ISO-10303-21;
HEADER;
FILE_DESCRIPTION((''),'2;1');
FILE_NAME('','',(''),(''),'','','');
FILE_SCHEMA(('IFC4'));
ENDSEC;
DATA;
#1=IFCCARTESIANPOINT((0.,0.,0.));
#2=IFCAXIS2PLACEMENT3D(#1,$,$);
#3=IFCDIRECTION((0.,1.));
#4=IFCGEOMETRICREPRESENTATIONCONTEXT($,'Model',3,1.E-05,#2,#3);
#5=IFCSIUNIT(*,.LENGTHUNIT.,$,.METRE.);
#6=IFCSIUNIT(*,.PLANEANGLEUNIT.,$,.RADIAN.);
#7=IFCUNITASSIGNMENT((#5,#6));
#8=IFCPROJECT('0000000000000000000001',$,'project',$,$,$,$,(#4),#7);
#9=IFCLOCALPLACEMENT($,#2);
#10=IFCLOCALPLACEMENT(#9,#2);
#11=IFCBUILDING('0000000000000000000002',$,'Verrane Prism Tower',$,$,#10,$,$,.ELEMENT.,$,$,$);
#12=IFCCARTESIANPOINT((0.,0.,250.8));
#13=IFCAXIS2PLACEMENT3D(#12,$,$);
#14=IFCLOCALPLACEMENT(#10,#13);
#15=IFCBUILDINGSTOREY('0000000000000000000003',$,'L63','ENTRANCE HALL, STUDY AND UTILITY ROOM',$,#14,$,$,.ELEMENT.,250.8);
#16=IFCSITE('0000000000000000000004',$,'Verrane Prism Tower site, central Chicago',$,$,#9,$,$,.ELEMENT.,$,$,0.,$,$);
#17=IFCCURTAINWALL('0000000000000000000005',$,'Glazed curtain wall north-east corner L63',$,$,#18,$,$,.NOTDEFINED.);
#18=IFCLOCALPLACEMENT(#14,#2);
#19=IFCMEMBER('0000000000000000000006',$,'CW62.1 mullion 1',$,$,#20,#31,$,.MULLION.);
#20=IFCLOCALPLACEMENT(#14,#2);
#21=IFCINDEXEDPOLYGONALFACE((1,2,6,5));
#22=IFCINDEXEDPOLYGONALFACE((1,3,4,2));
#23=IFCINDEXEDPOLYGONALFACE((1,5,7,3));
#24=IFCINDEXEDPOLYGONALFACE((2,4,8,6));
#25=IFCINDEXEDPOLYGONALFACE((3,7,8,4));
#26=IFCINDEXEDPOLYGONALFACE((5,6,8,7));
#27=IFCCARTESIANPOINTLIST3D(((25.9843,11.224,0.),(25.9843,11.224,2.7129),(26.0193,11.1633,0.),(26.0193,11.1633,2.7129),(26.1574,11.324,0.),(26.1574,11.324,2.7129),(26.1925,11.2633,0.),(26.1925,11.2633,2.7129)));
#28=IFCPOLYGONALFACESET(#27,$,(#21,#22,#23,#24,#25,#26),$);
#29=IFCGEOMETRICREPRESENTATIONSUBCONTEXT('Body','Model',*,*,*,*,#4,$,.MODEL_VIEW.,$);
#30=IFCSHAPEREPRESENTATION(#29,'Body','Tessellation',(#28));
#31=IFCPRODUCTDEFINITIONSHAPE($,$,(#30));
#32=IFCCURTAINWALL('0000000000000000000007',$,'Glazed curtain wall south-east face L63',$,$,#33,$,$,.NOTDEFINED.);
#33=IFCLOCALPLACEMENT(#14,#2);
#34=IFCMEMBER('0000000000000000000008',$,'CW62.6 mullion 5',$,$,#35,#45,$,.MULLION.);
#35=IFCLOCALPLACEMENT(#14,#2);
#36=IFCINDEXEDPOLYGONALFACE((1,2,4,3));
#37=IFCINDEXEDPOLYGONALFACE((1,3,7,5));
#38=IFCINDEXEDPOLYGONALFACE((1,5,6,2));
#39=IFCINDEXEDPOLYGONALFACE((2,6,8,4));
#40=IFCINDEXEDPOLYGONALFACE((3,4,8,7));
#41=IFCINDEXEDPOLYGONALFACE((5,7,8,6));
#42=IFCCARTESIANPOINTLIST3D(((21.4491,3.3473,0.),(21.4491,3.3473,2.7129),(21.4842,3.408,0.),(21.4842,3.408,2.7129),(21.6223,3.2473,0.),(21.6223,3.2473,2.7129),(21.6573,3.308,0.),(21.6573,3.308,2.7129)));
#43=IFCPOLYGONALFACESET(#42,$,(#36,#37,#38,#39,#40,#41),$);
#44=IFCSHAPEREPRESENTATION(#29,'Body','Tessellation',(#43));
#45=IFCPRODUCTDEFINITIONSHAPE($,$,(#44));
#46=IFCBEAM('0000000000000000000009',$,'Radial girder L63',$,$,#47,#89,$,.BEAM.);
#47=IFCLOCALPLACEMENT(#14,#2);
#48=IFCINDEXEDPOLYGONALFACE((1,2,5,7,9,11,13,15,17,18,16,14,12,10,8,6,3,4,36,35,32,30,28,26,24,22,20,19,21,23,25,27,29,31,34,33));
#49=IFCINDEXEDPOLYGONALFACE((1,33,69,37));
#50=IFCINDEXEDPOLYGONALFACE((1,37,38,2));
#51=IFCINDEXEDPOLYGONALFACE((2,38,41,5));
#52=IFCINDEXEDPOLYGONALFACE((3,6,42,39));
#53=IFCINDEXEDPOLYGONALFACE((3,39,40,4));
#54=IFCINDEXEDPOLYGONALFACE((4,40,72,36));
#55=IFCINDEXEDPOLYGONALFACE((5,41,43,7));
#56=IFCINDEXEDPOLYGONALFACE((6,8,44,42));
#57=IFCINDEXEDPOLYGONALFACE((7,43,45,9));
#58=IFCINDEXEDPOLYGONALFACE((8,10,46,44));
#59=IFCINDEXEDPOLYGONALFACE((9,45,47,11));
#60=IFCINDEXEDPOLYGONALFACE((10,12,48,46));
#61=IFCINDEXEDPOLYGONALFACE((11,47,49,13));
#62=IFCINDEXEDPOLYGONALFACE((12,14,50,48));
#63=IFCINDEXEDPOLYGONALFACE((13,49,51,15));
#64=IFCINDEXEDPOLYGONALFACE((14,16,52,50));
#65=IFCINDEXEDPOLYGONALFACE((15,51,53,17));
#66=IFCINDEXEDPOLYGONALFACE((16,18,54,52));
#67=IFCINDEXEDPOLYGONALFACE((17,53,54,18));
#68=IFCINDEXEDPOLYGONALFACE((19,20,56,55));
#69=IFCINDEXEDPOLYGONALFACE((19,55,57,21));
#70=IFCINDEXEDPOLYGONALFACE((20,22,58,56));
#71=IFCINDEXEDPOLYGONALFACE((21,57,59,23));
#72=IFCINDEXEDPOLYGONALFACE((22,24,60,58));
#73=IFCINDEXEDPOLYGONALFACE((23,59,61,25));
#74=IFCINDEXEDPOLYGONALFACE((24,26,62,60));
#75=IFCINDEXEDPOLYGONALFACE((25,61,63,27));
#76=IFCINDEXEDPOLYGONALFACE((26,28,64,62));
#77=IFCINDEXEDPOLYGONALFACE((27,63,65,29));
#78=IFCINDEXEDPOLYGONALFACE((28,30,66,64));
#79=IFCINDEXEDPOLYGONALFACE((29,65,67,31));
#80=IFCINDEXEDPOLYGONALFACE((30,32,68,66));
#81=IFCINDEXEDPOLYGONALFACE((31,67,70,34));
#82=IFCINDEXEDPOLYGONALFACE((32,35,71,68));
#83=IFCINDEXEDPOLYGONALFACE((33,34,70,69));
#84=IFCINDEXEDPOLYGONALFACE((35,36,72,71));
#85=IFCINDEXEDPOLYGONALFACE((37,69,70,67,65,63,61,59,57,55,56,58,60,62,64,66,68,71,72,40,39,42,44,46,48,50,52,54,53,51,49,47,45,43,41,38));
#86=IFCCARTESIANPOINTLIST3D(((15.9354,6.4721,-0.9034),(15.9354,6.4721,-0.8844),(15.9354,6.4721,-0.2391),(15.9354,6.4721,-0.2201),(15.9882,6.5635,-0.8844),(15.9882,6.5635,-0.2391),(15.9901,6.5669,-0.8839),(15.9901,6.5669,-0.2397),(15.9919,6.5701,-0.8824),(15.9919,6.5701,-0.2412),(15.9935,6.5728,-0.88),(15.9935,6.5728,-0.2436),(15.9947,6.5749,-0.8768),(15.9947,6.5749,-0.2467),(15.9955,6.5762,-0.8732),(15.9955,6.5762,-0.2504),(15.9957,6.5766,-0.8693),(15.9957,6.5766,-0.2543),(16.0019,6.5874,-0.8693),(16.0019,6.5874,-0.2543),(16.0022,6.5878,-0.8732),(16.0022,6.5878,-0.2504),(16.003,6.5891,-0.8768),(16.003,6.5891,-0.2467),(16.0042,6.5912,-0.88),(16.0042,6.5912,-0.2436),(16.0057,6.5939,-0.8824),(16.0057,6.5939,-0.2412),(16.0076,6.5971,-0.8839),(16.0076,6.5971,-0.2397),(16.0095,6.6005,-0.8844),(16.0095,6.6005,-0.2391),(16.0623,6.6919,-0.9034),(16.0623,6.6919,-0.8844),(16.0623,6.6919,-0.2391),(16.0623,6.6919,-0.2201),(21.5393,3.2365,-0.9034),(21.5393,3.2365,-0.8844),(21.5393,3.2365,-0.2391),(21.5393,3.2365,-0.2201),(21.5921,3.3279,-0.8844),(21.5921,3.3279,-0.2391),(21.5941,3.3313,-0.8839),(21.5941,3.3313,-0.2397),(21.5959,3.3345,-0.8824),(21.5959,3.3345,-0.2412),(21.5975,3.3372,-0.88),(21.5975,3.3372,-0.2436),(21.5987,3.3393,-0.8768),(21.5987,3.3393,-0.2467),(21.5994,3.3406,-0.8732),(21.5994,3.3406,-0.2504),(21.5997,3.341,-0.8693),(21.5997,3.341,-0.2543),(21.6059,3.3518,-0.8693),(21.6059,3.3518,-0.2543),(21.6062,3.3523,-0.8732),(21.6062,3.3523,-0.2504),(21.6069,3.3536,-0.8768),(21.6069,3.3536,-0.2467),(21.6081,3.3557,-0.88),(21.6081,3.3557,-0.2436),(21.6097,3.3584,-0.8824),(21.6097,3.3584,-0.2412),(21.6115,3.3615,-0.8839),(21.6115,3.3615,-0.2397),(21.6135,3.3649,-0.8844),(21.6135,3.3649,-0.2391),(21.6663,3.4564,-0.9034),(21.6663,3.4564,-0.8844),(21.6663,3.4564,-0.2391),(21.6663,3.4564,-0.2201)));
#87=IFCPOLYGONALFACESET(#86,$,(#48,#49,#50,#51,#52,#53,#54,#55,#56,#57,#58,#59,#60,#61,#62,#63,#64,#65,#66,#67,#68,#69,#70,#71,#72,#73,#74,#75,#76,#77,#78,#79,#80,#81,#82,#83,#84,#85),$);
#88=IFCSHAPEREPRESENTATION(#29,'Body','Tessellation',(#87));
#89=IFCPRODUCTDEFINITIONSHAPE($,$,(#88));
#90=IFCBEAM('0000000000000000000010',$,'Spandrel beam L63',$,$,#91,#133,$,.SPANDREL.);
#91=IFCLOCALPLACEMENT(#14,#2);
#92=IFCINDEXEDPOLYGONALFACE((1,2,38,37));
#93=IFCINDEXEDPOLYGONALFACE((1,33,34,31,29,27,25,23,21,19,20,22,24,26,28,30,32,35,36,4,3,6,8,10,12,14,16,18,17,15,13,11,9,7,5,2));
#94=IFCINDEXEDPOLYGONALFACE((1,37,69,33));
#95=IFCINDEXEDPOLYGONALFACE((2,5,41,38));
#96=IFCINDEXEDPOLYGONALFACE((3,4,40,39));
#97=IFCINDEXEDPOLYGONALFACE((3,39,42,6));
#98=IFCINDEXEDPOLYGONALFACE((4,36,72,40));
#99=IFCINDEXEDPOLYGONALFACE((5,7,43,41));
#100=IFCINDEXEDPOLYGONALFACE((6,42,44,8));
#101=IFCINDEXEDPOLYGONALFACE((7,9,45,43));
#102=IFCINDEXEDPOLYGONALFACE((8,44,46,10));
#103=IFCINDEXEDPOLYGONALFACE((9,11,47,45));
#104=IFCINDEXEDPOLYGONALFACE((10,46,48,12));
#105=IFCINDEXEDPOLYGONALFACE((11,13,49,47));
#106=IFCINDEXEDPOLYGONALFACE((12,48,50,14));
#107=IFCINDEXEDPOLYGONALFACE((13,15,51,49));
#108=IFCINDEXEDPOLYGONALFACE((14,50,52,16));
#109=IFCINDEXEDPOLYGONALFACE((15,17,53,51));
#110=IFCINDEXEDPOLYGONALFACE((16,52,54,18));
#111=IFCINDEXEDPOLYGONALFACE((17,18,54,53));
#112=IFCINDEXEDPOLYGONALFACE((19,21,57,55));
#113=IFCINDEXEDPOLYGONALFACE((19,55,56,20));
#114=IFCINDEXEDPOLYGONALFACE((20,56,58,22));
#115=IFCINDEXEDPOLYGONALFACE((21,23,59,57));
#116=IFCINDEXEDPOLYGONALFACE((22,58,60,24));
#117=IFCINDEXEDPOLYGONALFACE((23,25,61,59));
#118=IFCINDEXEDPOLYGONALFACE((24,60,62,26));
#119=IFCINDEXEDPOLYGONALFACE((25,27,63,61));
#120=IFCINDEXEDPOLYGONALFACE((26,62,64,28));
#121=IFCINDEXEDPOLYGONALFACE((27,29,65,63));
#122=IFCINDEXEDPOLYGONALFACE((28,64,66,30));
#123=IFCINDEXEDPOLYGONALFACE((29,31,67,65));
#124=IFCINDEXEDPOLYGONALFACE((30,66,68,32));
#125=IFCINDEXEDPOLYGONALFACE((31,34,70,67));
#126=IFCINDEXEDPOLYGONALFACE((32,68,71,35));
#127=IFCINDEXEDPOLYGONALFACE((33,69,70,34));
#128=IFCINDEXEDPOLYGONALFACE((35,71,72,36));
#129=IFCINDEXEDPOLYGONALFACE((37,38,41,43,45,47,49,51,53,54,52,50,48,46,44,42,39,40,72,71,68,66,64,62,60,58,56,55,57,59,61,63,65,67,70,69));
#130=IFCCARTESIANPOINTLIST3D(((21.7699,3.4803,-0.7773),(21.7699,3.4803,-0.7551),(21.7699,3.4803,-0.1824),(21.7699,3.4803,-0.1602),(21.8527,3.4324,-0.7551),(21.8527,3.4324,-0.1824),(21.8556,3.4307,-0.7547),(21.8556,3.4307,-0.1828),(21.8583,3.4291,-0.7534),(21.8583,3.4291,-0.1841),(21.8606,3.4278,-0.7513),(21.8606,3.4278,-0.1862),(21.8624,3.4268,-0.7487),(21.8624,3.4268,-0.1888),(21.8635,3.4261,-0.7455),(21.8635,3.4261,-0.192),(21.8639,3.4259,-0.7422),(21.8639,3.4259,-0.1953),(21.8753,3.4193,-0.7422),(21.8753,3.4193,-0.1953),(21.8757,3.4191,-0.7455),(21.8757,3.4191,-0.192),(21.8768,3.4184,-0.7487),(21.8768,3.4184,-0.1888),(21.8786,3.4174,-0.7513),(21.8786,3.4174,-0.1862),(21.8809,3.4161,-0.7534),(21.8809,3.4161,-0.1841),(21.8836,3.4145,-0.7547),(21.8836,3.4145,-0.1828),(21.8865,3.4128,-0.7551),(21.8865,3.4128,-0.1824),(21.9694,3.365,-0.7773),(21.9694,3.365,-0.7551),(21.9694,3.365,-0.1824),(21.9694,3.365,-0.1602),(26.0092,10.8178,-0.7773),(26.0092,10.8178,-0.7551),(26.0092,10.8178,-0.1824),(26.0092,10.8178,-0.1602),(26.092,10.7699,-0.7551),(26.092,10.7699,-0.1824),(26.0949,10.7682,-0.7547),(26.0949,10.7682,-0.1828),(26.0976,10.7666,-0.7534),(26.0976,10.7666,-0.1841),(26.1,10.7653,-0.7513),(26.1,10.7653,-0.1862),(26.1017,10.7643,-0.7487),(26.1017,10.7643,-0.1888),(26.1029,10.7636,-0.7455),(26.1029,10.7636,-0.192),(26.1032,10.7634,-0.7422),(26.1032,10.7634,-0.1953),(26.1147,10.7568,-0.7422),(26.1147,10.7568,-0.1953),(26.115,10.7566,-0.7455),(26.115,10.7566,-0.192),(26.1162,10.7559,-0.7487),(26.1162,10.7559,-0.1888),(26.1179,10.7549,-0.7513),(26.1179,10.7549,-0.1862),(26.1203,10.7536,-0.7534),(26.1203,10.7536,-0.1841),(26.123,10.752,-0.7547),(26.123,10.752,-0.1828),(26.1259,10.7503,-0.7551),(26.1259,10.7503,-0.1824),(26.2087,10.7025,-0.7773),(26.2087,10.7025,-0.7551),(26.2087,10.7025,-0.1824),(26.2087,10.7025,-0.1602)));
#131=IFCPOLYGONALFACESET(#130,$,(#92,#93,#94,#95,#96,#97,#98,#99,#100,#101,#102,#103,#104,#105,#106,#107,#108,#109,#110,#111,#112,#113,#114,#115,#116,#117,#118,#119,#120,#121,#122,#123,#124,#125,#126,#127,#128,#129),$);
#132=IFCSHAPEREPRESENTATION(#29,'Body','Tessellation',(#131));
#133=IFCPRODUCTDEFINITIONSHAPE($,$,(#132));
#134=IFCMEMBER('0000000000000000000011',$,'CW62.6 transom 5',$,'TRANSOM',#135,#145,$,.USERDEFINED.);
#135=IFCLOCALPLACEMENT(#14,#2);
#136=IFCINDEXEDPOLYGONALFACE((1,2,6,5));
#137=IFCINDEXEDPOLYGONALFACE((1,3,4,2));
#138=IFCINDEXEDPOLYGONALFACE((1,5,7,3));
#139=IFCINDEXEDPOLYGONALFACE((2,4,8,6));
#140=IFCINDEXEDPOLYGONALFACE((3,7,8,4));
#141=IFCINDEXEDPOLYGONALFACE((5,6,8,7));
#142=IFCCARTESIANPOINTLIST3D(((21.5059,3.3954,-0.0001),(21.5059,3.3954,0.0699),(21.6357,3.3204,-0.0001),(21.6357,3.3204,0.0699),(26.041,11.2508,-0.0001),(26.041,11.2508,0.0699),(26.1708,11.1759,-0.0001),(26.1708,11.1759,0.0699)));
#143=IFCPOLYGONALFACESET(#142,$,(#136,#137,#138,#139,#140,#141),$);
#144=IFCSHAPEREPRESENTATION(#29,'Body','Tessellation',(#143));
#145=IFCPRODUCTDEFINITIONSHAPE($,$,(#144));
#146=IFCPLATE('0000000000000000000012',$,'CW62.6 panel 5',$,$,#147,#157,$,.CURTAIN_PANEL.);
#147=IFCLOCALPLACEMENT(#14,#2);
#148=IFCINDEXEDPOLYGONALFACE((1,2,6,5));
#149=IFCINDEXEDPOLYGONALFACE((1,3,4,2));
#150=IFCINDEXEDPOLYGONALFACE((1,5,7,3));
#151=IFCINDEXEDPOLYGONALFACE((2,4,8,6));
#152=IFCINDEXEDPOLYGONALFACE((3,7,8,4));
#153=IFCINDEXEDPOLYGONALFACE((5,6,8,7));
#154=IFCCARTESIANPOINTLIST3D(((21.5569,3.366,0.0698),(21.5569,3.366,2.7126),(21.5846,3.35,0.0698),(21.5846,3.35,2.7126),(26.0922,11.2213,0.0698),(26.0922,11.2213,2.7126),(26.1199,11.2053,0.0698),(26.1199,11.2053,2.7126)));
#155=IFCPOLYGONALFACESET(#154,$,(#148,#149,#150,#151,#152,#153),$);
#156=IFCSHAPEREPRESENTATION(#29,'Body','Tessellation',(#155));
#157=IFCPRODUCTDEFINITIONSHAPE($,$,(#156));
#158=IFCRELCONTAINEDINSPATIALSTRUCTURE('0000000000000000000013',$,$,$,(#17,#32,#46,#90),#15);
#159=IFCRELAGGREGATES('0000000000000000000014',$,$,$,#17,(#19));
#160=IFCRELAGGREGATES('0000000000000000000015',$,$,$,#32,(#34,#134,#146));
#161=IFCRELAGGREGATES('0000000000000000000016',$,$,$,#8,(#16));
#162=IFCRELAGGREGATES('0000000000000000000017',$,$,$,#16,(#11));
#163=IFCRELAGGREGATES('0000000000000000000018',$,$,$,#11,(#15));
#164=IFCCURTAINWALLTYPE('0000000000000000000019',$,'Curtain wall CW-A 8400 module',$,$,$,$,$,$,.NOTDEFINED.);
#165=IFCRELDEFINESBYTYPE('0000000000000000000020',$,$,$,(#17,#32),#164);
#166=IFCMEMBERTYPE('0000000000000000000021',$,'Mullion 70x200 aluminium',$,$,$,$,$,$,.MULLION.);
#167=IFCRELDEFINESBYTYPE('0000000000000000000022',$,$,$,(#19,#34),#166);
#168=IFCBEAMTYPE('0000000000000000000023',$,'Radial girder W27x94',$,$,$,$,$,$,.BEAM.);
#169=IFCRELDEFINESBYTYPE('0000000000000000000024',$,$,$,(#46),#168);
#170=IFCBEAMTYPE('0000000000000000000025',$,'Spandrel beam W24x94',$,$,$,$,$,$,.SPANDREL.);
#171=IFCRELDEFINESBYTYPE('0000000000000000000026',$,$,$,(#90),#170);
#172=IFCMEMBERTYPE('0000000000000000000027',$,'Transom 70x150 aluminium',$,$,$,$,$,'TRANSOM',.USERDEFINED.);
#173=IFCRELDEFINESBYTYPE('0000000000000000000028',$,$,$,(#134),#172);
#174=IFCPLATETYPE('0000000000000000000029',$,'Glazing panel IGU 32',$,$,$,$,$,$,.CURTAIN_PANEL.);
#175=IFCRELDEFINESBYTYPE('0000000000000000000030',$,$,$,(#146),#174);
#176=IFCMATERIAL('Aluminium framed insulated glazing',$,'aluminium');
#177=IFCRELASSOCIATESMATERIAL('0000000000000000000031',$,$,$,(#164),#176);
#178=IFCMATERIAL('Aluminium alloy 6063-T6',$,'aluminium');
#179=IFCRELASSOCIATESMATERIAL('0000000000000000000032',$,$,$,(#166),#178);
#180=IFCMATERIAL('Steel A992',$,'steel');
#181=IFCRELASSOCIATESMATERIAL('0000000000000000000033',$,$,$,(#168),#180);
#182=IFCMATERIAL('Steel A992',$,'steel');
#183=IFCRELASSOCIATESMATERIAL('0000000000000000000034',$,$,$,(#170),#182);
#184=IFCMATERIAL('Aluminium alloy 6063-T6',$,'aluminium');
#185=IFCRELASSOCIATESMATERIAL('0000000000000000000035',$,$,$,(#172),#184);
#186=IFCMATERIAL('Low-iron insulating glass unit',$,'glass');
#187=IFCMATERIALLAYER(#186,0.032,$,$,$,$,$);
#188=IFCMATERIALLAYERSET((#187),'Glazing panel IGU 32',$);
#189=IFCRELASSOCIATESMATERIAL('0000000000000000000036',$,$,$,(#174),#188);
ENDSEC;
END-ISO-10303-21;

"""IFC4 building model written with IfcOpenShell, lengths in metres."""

from ifc_helpers import new_model, si_unit, direction, frame, origin, origin_2d, place, context, subcontext, project, spatial, rectangle, i_section, extrude, material, layer, layer_set, material_profile, profile_set, type_object, element, aggregate, save


model = new_model("IFC4")

# Units and contexts
model_context = context("Model", 3, precision=1e-05, world=origin(), true_north=direction((0.0, 1.0)))
body_context = subcontext(model_context, "Body", "Model", "MODEL_VIEW")
ifc_project = project(units=[si_unit("LENGTHUNIT", "METRE"), si_unit("PLANEANGLEUNIT", "RADIAN")], contexts=[model_context])

# Site, building, storey
site_placement = place(None, origin())
site = spatial("IfcSite", under=ifc_project, at=site_placement, Name="Verrane Prism Tower site, central Chicago", CompositionType="ELEMENT", RefElevation=0.0)
building_placement = place(site_placement, origin())
building = spatial("IfcBuilding", under=site, at=building_placement, Name="Verrane Prism Tower", CompositionType="ELEMENT")
storey_placement = place(building_placement, frame((0.0, 0.0, 250.8)))
storey = spatial("IfcBuildingStorey", under=building, at=storey_placement, Name="L63", Description="ENTRANCE HALL, STUDY AND UTILITY ROOM", CompositionType="ELEMENT", Elevation=250.8)

# Curtain walls, members
ifc_material_1 = material(Name="Aluminium framed insulated glazing", Category="aluminium")
curtain_wall_type = type_object("IfcCurtainWallType", Name="Curtain wall CW-A 8400 module", PredefinedType="NOTDEFINED", material=ifc_material_1)
curtain_wall_1_placement = place(storey_placement, origin())
curtain_wall_1 = element("IfcCurtainWall", 1, at=curtain_wall_1_placement, inside=storey, type_object=curtain_wall_type, Name="Glazed curtain wall north-east corner L63", PredefinedType="NOTDEFINED")
ifc_material_2 = material(Name="Aluminium alloy 6063-T6", Category="aluminium")
ifc_material_profile_1 = material_profile(ifc_material_2, rectangle(XDim=0.2, YDim=0.0701, at=origin_2d()), Name="Mullion 70x200 aluminium")
ifc_profile_set_1 = profile_set([ifc_material_profile_1], Name="Aluminium alloy 6063-T6")
member_type_1 = type_object("IfcMemberType", Name="Mullion 70x200 aluminium", PredefinedType="MULLION", material=ifc_profile_set_1)
member_1_placement = place(storey_placement, frame((26.0884, 11.2437, 0.0), z_axis=(0.0, 0.0, 1.0), x_axis=(-0.866028, -0.499996, 0.0)))
member_1 = element("IfcMember", 2, at=member_1_placement, type_object=member_type_1, Name="CW62.1 mullion 1", PredefinedType="MULLION", context=body_context, shape_type="SweptSolid", body=[
    extrude(rectangle(XDim=0.2, YDim=0.0701, at=origin_2d()), origin(), (0.0, 0.0, 1.0), 2.7129),
])
aggregate(curtain_wall_1, [member_1])
curtain_wall_2_placement = place(storey_placement, origin())
curtain_wall_2 = element("IfcCurtainWall", 3, at=curtain_wall_2_placement, inside=storey, type_object=curtain_wall_type, Name="Glazed curtain wall south-east face L63", PredefinedType="NOTDEFINED")
member_2_placement = place(storey_placement, frame((21.5532, 3.3276, 0.0), z_axis=(0.0, 0.0, 1.0), x_axis=(-0.866026, 0.5, 0.0)))
member_2 = element("IfcMember", 4, at=member_2_placement, type_object=member_type_1, Name="CW62.6 mullion 5", PredefinedType="MULLION", context=body_context, shape_type="SweptSolid", body=[
    extrude(rectangle(XDim=0.2, YDim=0.0701, at=origin_2d()), origin(), (0.0, 0.0, 1.0), 2.7129),
])

# Beams
ifc_material_3 = material(Name="Steel A992", Category="steel")
ifc_material_profile_2 = material_profile(ifc_material_3, i_section(OverallWidth=0.2539, OverallDepth=0.6833, WebThickness=0.0125, FlangeThickness=0.019, FilletRadius=0.0151, at=origin_2d()), Name="W27x94")
ifc_profile_set_2 = profile_set([ifc_material_profile_2], Name="Steel A992")
beam_type_1 = type_object("IfcBeamType", Name="Radial girder W27x94", PredefinedType="BEAM", material=ifc_profile_set_2)
beam_1_placement = place(storey_placement, frame((21.6028, 3.3464, -0.5618), z_axis=(-0.866017, 0.500014, 0.0), x_axis=(-0.500014, -0.866017, 0.0)))
element("IfcBeam", 5, at=beam_1_placement, inside=storey, type_object=beam_type_1, Name="Radial girder L63", PredefinedType="BEAM", context=body_context, shape_type="SweptSolid", body=[
    extrude(i_section(OverallWidth=0.2539, OverallDepth=0.6833, WebThickness=0.0125, FlangeThickness=0.019, FilletRadius=0.0151, at=origin_2d()), origin(), (0.0, 0.0, 1.0), 6.4709),
])
ifc_material_4 = material(Name="Steel A992", Category="steel")
ifc_material_profile_3 = material_profile(ifc_material_4, i_section(OverallWidth=0.2305, OverallDepth=0.6172, WebThickness=0.0132, FlangeThickness=0.0222, FilletRadius=0.0129, at=origin_2d()), Name="W24x94")
ifc_profile_set_3 = profile_set([ifc_material_profile_3], Name="Steel A992")
beam_type_2 = type_object("IfcBeamType", Name="Spandrel beam W24x94", PredefinedType="SPANDREL", material=ifc_profile_set_3)
beam_2_placement = place(storey_placement, frame((21.8696, 3.4226, -0.4688), z_axis=(0.500266, 0.865872, 0.0), x_axis=(-0.865872, 0.500266, 0.0)))
element("IfcBeam", 6, at=beam_2_placement, inside=storey, type_object=beam_type_2, Name="Spandrel beam L63", PredefinedType="SPANDREL", context=body_context, shape_type="SweptSolid", body=[
    extrude(i_section(OverallWidth=0.2305, OverallDepth=0.6172, WebThickness=0.0132, FlangeThickness=0.0222, FilletRadius=0.0129, at=origin_2d()), origin(), (0.0, 0.0, 1.0), 8.4741),
])

# Member
ifc_material_5 = material(Name="Aluminium alloy 6063-T6", Category="aluminium")
ifc_material_profile_4 = material_profile(ifc_material_5, rectangle(XDim=0.1499, YDim=0.0701, at=origin_2d()), Name="Transom 70x150 aluminium")
ifc_profile_set_4 = profile_set([ifc_material_profile_4], Name="Aluminium alloy 6063-T6")
member_type_2 = type_object("IfcMemberType", Name="Transom 70x150 aluminium", ElementType="TRANSOM", PredefinedType="USERDEFINED", material=ifc_profile_set_4)
member_3_placement = place(storey_placement, frame((21.5708, 3.3579, 0.0349), z_axis=(0.499983, 0.866035, 0.0), x_axis=(-0.866035, 0.499983, 0.0)))
member_3 = element("IfcMember", 7, at=member_3_placement, type_object=member_type_2, Name="CW62.6 transom 5", ObjectType="TRANSOM", PredefinedType="USERDEFINED", context=body_context, shape_type="SweptSolid", body=[
    extrude(rectangle(XDim=0.1499, YDim=0.0701, at=origin_2d()), origin(), (0.0, 0.0, 1.0), 9.0706),
])

# Plate
ifc_material_6 = material(Name="Low-iron insulating glass unit", Category="glass")
ifc_layer_1 = layer(ifc_material_6, 0.032)
ifc_layer_set_1 = layer_set([ifc_layer_1], Name="Glazing panel IGU 32")
plate_type = type_object("IfcPlateType", Name="Glazing panel IGU 32", PredefinedType="CURTAIN_PANEL", material=ifc_layer_set_1)
plate_placement = place(storey_placement, frame((23.8384, 7.2856, 0.0698), z_axis=(0.0, 0.0, 1.0), x_axis=(0.5, 0.866026, 0.0)))
plate = element("IfcPlate", 8, at=plate_placement, type_object=plate_type, Name="CW62.6 panel 5", PredefinedType="CURTAIN_PANEL", context=body_context, shape_type="SweptSolid", body=[
    extrude(rectangle(XDim=9.0706, YDim=0.032, at=origin_2d()), origin(), (0.0, 0.0, 1.0), 2.6428),
])
aggregate(curtain_wall_2, [member_2, member_3, plate])

save(model, "model.ifc")
